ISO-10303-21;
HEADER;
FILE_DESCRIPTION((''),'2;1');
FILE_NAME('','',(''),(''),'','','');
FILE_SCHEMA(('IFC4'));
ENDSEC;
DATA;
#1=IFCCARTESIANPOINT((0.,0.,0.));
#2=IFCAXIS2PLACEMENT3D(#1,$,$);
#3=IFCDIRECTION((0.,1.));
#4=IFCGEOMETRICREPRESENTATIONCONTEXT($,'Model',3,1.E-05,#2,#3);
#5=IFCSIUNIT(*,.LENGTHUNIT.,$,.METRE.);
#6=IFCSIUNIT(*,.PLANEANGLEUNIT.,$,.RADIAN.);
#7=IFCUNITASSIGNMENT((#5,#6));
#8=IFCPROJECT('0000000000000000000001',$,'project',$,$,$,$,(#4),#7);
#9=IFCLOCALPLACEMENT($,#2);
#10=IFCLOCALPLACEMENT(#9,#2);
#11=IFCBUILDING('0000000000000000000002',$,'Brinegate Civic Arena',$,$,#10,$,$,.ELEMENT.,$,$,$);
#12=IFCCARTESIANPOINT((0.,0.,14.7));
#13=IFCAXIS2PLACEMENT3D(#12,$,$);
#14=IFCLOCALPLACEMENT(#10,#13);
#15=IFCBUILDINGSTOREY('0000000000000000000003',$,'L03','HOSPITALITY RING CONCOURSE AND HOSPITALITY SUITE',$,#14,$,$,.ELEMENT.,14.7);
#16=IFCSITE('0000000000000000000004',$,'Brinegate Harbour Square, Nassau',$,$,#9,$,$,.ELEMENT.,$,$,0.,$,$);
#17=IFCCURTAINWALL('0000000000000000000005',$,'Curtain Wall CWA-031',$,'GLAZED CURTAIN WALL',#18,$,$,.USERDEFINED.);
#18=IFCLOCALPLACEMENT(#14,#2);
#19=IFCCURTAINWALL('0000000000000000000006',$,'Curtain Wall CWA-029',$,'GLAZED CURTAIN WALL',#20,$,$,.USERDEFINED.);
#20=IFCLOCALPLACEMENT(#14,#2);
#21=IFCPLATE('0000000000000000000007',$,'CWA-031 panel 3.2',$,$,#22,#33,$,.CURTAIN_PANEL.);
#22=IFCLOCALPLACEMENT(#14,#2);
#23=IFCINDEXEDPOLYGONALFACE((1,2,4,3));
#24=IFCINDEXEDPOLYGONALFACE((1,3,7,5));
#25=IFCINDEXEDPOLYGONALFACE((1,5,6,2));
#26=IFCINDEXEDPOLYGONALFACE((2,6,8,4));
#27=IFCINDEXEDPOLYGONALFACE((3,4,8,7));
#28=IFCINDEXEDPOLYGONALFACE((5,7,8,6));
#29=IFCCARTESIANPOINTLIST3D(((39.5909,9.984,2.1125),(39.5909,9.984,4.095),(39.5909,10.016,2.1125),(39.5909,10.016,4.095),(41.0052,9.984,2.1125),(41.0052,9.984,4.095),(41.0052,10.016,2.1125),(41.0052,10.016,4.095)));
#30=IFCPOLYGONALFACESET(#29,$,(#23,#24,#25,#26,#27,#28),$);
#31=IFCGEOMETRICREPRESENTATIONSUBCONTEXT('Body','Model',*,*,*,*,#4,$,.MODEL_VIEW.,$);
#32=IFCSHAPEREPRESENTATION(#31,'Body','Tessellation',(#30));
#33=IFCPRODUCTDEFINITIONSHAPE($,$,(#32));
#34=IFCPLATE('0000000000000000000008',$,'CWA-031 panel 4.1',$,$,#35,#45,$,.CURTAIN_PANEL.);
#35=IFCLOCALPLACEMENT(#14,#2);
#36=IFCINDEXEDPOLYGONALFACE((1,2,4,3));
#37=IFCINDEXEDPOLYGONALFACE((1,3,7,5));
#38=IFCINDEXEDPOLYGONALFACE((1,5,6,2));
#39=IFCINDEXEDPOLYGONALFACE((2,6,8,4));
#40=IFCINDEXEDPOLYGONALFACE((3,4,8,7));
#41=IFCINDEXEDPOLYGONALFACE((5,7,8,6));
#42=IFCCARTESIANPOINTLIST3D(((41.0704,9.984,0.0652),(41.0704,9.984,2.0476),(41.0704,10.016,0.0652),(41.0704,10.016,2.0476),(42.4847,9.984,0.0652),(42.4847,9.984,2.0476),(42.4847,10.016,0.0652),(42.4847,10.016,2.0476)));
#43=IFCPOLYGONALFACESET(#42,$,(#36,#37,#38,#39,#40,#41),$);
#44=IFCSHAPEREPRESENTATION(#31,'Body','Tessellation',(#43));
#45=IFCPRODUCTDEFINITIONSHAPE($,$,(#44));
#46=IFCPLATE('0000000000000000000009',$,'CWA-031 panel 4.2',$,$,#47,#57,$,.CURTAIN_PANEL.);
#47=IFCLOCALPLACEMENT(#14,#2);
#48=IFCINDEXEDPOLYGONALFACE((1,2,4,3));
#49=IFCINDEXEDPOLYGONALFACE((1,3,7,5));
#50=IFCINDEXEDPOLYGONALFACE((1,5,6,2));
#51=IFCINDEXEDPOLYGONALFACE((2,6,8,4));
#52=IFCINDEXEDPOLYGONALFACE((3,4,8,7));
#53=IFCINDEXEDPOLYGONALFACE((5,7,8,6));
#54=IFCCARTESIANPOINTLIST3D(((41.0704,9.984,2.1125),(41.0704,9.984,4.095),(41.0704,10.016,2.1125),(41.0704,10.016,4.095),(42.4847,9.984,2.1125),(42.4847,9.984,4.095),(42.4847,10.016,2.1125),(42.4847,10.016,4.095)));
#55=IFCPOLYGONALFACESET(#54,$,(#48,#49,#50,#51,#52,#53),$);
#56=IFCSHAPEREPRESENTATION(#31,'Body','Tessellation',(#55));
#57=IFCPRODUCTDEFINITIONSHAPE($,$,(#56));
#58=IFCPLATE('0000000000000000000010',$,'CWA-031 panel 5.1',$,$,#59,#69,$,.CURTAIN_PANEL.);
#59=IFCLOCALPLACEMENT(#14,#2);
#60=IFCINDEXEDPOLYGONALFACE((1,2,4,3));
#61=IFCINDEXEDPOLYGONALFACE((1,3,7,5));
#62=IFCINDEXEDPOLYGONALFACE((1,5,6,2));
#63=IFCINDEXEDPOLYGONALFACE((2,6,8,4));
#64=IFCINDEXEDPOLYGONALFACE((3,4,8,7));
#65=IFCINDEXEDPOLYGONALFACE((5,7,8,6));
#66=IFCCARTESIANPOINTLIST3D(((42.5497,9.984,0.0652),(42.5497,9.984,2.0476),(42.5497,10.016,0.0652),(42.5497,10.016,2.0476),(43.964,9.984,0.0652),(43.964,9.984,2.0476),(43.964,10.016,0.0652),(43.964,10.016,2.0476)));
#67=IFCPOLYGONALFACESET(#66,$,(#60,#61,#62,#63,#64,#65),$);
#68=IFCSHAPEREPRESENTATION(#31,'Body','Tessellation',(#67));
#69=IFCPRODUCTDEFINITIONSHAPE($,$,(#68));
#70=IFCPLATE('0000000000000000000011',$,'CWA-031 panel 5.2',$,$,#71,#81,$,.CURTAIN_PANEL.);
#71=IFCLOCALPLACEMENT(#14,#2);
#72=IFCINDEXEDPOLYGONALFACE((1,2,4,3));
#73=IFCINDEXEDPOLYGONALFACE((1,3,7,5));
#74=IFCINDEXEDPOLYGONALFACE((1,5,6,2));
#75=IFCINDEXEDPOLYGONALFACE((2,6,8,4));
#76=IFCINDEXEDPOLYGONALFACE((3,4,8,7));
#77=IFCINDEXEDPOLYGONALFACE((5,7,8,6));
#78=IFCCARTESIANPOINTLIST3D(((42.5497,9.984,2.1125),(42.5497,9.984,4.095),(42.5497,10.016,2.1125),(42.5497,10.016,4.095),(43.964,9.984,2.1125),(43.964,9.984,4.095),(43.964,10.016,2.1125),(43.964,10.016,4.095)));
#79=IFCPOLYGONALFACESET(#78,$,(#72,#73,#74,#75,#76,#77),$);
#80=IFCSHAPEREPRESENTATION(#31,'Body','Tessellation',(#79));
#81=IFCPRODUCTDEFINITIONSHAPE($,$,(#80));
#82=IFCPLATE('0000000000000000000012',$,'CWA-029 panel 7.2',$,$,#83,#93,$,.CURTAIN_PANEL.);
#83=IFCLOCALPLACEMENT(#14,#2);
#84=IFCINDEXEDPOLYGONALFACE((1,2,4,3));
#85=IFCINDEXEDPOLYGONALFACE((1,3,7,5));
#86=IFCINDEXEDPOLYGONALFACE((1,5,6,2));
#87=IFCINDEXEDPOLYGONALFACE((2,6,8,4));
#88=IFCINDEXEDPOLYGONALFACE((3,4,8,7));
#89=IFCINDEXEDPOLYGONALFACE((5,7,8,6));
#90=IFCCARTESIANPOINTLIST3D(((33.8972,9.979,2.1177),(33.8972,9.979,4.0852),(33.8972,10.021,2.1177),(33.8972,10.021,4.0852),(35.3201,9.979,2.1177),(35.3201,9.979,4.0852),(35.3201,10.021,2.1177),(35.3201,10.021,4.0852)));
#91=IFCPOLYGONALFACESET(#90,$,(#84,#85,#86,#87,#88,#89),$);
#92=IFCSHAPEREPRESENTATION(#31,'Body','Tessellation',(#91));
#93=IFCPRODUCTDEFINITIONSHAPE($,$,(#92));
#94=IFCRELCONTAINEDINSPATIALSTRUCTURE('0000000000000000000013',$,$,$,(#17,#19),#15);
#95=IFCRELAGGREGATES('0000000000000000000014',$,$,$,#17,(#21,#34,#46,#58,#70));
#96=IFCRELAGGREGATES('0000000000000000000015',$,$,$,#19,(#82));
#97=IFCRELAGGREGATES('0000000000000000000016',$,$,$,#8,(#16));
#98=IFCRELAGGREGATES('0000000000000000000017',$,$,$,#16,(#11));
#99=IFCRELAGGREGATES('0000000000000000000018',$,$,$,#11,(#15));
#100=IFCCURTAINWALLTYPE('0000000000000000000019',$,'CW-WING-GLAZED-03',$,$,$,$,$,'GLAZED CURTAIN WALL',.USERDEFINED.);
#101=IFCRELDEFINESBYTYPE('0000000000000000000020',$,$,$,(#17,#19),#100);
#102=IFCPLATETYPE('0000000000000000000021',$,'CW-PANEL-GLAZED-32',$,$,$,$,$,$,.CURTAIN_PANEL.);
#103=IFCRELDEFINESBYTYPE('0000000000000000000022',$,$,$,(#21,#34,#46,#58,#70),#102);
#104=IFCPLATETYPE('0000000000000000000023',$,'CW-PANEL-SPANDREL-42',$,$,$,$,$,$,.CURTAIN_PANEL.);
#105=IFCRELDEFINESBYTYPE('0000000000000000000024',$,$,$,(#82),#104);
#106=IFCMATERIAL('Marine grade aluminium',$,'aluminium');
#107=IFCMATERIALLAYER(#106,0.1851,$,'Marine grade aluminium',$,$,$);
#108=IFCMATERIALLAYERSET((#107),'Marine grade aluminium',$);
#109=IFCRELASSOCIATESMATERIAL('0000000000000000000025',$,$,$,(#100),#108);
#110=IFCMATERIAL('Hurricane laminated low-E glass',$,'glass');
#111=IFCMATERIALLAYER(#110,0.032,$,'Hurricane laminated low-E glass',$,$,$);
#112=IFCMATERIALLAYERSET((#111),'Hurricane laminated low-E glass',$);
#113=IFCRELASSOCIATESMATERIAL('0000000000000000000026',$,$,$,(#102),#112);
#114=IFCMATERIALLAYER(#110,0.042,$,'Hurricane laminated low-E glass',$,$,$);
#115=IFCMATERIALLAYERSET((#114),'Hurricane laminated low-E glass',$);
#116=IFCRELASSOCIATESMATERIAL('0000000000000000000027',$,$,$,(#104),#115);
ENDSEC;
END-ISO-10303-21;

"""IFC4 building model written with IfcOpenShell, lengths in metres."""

from ifc_helpers import new_model, si_unit, direction, frame, origin, origin_2d, place, context, subcontext, project, spatial, rectangle, extrude, material, layer, layer_set, type_object, element, aggregate, save


model = new_model("IFC4")

# Units and contexts
model_context = context("Model", 3, precision=1e-05, world=origin(), true_north=direction((0.0, 1.0)))
body_context = subcontext(model_context, "Body", "Model", "MODEL_VIEW")
ifc_project = project(units=[si_unit("LENGTHUNIT", "METRE"), si_unit("PLANEANGLEUNIT", "RADIAN")], contexts=[model_context])

# Site, building, storey
site_placement = place(None, origin())
site = spatial("IfcSite", under=ifc_project, at=site_placement, Name="Brinegate Harbour Square, Nassau", CompositionType="ELEMENT", RefElevation=0.0)
building_placement = place(site_placement, origin())
building = spatial("IfcBuilding", under=site, at=building_placement, Name="Brinegate Civic Arena", CompositionType="ELEMENT")
storey_placement = place(building_placement, frame((0.0, 0.0, 14.7)))
storey = spatial("IfcBuildingStorey", under=building, at=storey_placement, Name="L03", Description="HOSPITALITY RING CONCOURSE AND HOSPITALITY SUITE", CompositionType="ELEMENT", Elevation=14.7)

# Curtain wall
ifc_material_1 = material(Name="Marine grade aluminium", Category="aluminium")
ifc_layer_1 = layer(ifc_material_1, 0.1851, Name="Marine grade aluminium")
ifc_layer_set_1 = layer_set([ifc_layer_1], Name="Marine grade aluminium")
curtain_wall_type = type_object("IfcCurtainWallType", Name="CW-WING-GLAZED-03", ElementType="GLAZED CURTAIN WALL", PredefinedType="USERDEFINED", material=ifc_layer_set_1)
curtain_wall_1_placement = place(storey_placement, origin())
curtain_wall_1 = element("IfcCurtainWall", 1, at=curtain_wall_1_placement, inside=storey, type_object=curtain_wall_type, Name="Curtain Wall CWA-031", ObjectType="GLAZED CURTAIN WALL", PredefinedType="USERDEFINED")

# Curtain wall
curtain_wall_2_placement = place(storey_placement, origin())
curtain_wall_2 = element("IfcCurtainWall", 2, at=curtain_wall_2_placement, inside=storey, type_object=curtain_wall_type, Name="Curtain Wall CWA-029", ObjectType="GLAZED CURTAIN WALL", PredefinedType="USERDEFINED")

# Plates
ifc_material_2 = material(Name="Hurricane laminated low-E glass", Category="glass")
ifc_layer_2 = layer(ifc_material_2, 0.032, Name="Hurricane laminated low-E glass")
ifc_layer_set_2 = layer_set([ifc_layer_2], Name="Hurricane laminated low-E glass")
plate_type_1 = type_object("IfcPlateType", Name="CW-PANEL-GLAZED-32", PredefinedType="CURTAIN_PANEL", material=ifc_layer_set_2)
plate_1_placement = place(storey_placement, frame((40.2981, 10.0, 2.1125), z_axis=(0.0, 0.0, 1.0), x_axis=(1.0, 0.0, 0.0)))
plate_1 = element("IfcPlate", 3, at=plate_1_placement, type_object=plate_type_1, Name="CWA-031 panel 3.2", PredefinedType="CURTAIN_PANEL", context=body_context, shape_type="SweptSolid", body=[
    extrude(rectangle(XDim=1.4143, YDim=0.032, at=origin_2d()), origin(), (0.0, 0.0, 1.0), 1.9824),
])
plate_2_placement = place(storey_placement, frame((41.7776, 10.0, 0.0652), z_axis=(0.0, 0.0, 1.0), x_axis=(1.0, 0.0, 0.0)))
plate_2 = element("IfcPlate", 4, at=plate_2_placement, type_object=plate_type_1, Name="CWA-031 panel 4.1", PredefinedType="CURTAIN_PANEL", context=body_context, shape_type="SweptSolid", body=[
    extrude(rectangle(XDim=1.4143, YDim=0.032, at=origin_2d()), origin(), (0.0, 0.0, 1.0), 1.9824),
])
plate_3_placement = place(storey_placement, frame((41.7776, 10.0, 2.1125), z_axis=(0.0, 0.0, 1.0), x_axis=(1.0, 0.0, 0.0)))
plate_3 = element("IfcPlate", 5, at=plate_3_placement, type_object=plate_type_1, Name="CWA-031 panel 4.2", PredefinedType="CURTAIN_PANEL", context=body_context, shape_type="SweptSolid", body=[
    extrude(rectangle(XDim=1.4143, YDim=0.032, at=origin_2d()), origin(), (0.0, 0.0, 1.0), 1.9824),
])
plate_4_placement = place(storey_placement, frame((43.2568, 10.0, 0.0652), z_axis=(0.0, 0.0, 1.0), x_axis=(1.0, 0.0, 0.0)))
plate_4 = element("IfcPlate", 6, at=plate_4_placement, type_object=plate_type_1, Name="CWA-031 panel 5.1", PredefinedType="CURTAIN_PANEL", context=body_context, shape_type="SweptSolid", body=[
    extrude(rectangle(XDim=1.4143, YDim=0.032, at=origin_2d()), origin(), (0.0, 0.0, 1.0), 1.9824),
])
plate_5_placement = place(storey_placement, frame((43.2568, 10.0, 2.1125), z_axis=(0.0, 0.0, 1.0), x_axis=(1.0, 0.0, 0.0)))
plate_5 = element("IfcPlate", 7, at=plate_5_placement, type_object=plate_type_1, Name="CWA-031 panel 5.2", PredefinedType="CURTAIN_PANEL", context=body_context, shape_type="SweptSolid", body=[
    extrude(rectangle(XDim=1.4143, YDim=0.032, at=origin_2d()), origin(), (0.0, 0.0, 1.0), 1.9824),
])
aggregate(curtain_wall_1, [plate_1, plate_2, plate_3, plate_4, plate_5])
ifc_layer_3 = layer(ifc_material_2, 0.042, Name="Hurricane laminated low-E glass")
ifc_layer_set_3 = layer_set([ifc_layer_3], Name="Hurricane laminated low-E glass")
plate_type_2 = type_object("IfcPlateType", Name="CW-PANEL-SPANDREL-42", PredefinedType="CURTAIN_PANEL", material=ifc_layer_set_3)
plate_6_placement = place(storey_placement, frame((34.6086, 10.0, 2.1177), z_axis=(0.0, 0.0, 1.0), x_axis=(1.0, 0.0, 0.0)))
plate_6 = element("IfcPlate", 8, at=plate_6_placement, type_object=plate_type_2, Name="CWA-029 panel 7.2", PredefinedType="CURTAIN_PANEL", context=body_context, shape_type="SweptSolid", body=[
    extrude(rectangle(XDim=1.4229, YDim=0.042, at=origin_2d()), origin(), (0.0, 0.0, 1.0), 1.9675),
])
aggregate(curtain_wall_2, [plate_6])

save(model, "model.ifc")
